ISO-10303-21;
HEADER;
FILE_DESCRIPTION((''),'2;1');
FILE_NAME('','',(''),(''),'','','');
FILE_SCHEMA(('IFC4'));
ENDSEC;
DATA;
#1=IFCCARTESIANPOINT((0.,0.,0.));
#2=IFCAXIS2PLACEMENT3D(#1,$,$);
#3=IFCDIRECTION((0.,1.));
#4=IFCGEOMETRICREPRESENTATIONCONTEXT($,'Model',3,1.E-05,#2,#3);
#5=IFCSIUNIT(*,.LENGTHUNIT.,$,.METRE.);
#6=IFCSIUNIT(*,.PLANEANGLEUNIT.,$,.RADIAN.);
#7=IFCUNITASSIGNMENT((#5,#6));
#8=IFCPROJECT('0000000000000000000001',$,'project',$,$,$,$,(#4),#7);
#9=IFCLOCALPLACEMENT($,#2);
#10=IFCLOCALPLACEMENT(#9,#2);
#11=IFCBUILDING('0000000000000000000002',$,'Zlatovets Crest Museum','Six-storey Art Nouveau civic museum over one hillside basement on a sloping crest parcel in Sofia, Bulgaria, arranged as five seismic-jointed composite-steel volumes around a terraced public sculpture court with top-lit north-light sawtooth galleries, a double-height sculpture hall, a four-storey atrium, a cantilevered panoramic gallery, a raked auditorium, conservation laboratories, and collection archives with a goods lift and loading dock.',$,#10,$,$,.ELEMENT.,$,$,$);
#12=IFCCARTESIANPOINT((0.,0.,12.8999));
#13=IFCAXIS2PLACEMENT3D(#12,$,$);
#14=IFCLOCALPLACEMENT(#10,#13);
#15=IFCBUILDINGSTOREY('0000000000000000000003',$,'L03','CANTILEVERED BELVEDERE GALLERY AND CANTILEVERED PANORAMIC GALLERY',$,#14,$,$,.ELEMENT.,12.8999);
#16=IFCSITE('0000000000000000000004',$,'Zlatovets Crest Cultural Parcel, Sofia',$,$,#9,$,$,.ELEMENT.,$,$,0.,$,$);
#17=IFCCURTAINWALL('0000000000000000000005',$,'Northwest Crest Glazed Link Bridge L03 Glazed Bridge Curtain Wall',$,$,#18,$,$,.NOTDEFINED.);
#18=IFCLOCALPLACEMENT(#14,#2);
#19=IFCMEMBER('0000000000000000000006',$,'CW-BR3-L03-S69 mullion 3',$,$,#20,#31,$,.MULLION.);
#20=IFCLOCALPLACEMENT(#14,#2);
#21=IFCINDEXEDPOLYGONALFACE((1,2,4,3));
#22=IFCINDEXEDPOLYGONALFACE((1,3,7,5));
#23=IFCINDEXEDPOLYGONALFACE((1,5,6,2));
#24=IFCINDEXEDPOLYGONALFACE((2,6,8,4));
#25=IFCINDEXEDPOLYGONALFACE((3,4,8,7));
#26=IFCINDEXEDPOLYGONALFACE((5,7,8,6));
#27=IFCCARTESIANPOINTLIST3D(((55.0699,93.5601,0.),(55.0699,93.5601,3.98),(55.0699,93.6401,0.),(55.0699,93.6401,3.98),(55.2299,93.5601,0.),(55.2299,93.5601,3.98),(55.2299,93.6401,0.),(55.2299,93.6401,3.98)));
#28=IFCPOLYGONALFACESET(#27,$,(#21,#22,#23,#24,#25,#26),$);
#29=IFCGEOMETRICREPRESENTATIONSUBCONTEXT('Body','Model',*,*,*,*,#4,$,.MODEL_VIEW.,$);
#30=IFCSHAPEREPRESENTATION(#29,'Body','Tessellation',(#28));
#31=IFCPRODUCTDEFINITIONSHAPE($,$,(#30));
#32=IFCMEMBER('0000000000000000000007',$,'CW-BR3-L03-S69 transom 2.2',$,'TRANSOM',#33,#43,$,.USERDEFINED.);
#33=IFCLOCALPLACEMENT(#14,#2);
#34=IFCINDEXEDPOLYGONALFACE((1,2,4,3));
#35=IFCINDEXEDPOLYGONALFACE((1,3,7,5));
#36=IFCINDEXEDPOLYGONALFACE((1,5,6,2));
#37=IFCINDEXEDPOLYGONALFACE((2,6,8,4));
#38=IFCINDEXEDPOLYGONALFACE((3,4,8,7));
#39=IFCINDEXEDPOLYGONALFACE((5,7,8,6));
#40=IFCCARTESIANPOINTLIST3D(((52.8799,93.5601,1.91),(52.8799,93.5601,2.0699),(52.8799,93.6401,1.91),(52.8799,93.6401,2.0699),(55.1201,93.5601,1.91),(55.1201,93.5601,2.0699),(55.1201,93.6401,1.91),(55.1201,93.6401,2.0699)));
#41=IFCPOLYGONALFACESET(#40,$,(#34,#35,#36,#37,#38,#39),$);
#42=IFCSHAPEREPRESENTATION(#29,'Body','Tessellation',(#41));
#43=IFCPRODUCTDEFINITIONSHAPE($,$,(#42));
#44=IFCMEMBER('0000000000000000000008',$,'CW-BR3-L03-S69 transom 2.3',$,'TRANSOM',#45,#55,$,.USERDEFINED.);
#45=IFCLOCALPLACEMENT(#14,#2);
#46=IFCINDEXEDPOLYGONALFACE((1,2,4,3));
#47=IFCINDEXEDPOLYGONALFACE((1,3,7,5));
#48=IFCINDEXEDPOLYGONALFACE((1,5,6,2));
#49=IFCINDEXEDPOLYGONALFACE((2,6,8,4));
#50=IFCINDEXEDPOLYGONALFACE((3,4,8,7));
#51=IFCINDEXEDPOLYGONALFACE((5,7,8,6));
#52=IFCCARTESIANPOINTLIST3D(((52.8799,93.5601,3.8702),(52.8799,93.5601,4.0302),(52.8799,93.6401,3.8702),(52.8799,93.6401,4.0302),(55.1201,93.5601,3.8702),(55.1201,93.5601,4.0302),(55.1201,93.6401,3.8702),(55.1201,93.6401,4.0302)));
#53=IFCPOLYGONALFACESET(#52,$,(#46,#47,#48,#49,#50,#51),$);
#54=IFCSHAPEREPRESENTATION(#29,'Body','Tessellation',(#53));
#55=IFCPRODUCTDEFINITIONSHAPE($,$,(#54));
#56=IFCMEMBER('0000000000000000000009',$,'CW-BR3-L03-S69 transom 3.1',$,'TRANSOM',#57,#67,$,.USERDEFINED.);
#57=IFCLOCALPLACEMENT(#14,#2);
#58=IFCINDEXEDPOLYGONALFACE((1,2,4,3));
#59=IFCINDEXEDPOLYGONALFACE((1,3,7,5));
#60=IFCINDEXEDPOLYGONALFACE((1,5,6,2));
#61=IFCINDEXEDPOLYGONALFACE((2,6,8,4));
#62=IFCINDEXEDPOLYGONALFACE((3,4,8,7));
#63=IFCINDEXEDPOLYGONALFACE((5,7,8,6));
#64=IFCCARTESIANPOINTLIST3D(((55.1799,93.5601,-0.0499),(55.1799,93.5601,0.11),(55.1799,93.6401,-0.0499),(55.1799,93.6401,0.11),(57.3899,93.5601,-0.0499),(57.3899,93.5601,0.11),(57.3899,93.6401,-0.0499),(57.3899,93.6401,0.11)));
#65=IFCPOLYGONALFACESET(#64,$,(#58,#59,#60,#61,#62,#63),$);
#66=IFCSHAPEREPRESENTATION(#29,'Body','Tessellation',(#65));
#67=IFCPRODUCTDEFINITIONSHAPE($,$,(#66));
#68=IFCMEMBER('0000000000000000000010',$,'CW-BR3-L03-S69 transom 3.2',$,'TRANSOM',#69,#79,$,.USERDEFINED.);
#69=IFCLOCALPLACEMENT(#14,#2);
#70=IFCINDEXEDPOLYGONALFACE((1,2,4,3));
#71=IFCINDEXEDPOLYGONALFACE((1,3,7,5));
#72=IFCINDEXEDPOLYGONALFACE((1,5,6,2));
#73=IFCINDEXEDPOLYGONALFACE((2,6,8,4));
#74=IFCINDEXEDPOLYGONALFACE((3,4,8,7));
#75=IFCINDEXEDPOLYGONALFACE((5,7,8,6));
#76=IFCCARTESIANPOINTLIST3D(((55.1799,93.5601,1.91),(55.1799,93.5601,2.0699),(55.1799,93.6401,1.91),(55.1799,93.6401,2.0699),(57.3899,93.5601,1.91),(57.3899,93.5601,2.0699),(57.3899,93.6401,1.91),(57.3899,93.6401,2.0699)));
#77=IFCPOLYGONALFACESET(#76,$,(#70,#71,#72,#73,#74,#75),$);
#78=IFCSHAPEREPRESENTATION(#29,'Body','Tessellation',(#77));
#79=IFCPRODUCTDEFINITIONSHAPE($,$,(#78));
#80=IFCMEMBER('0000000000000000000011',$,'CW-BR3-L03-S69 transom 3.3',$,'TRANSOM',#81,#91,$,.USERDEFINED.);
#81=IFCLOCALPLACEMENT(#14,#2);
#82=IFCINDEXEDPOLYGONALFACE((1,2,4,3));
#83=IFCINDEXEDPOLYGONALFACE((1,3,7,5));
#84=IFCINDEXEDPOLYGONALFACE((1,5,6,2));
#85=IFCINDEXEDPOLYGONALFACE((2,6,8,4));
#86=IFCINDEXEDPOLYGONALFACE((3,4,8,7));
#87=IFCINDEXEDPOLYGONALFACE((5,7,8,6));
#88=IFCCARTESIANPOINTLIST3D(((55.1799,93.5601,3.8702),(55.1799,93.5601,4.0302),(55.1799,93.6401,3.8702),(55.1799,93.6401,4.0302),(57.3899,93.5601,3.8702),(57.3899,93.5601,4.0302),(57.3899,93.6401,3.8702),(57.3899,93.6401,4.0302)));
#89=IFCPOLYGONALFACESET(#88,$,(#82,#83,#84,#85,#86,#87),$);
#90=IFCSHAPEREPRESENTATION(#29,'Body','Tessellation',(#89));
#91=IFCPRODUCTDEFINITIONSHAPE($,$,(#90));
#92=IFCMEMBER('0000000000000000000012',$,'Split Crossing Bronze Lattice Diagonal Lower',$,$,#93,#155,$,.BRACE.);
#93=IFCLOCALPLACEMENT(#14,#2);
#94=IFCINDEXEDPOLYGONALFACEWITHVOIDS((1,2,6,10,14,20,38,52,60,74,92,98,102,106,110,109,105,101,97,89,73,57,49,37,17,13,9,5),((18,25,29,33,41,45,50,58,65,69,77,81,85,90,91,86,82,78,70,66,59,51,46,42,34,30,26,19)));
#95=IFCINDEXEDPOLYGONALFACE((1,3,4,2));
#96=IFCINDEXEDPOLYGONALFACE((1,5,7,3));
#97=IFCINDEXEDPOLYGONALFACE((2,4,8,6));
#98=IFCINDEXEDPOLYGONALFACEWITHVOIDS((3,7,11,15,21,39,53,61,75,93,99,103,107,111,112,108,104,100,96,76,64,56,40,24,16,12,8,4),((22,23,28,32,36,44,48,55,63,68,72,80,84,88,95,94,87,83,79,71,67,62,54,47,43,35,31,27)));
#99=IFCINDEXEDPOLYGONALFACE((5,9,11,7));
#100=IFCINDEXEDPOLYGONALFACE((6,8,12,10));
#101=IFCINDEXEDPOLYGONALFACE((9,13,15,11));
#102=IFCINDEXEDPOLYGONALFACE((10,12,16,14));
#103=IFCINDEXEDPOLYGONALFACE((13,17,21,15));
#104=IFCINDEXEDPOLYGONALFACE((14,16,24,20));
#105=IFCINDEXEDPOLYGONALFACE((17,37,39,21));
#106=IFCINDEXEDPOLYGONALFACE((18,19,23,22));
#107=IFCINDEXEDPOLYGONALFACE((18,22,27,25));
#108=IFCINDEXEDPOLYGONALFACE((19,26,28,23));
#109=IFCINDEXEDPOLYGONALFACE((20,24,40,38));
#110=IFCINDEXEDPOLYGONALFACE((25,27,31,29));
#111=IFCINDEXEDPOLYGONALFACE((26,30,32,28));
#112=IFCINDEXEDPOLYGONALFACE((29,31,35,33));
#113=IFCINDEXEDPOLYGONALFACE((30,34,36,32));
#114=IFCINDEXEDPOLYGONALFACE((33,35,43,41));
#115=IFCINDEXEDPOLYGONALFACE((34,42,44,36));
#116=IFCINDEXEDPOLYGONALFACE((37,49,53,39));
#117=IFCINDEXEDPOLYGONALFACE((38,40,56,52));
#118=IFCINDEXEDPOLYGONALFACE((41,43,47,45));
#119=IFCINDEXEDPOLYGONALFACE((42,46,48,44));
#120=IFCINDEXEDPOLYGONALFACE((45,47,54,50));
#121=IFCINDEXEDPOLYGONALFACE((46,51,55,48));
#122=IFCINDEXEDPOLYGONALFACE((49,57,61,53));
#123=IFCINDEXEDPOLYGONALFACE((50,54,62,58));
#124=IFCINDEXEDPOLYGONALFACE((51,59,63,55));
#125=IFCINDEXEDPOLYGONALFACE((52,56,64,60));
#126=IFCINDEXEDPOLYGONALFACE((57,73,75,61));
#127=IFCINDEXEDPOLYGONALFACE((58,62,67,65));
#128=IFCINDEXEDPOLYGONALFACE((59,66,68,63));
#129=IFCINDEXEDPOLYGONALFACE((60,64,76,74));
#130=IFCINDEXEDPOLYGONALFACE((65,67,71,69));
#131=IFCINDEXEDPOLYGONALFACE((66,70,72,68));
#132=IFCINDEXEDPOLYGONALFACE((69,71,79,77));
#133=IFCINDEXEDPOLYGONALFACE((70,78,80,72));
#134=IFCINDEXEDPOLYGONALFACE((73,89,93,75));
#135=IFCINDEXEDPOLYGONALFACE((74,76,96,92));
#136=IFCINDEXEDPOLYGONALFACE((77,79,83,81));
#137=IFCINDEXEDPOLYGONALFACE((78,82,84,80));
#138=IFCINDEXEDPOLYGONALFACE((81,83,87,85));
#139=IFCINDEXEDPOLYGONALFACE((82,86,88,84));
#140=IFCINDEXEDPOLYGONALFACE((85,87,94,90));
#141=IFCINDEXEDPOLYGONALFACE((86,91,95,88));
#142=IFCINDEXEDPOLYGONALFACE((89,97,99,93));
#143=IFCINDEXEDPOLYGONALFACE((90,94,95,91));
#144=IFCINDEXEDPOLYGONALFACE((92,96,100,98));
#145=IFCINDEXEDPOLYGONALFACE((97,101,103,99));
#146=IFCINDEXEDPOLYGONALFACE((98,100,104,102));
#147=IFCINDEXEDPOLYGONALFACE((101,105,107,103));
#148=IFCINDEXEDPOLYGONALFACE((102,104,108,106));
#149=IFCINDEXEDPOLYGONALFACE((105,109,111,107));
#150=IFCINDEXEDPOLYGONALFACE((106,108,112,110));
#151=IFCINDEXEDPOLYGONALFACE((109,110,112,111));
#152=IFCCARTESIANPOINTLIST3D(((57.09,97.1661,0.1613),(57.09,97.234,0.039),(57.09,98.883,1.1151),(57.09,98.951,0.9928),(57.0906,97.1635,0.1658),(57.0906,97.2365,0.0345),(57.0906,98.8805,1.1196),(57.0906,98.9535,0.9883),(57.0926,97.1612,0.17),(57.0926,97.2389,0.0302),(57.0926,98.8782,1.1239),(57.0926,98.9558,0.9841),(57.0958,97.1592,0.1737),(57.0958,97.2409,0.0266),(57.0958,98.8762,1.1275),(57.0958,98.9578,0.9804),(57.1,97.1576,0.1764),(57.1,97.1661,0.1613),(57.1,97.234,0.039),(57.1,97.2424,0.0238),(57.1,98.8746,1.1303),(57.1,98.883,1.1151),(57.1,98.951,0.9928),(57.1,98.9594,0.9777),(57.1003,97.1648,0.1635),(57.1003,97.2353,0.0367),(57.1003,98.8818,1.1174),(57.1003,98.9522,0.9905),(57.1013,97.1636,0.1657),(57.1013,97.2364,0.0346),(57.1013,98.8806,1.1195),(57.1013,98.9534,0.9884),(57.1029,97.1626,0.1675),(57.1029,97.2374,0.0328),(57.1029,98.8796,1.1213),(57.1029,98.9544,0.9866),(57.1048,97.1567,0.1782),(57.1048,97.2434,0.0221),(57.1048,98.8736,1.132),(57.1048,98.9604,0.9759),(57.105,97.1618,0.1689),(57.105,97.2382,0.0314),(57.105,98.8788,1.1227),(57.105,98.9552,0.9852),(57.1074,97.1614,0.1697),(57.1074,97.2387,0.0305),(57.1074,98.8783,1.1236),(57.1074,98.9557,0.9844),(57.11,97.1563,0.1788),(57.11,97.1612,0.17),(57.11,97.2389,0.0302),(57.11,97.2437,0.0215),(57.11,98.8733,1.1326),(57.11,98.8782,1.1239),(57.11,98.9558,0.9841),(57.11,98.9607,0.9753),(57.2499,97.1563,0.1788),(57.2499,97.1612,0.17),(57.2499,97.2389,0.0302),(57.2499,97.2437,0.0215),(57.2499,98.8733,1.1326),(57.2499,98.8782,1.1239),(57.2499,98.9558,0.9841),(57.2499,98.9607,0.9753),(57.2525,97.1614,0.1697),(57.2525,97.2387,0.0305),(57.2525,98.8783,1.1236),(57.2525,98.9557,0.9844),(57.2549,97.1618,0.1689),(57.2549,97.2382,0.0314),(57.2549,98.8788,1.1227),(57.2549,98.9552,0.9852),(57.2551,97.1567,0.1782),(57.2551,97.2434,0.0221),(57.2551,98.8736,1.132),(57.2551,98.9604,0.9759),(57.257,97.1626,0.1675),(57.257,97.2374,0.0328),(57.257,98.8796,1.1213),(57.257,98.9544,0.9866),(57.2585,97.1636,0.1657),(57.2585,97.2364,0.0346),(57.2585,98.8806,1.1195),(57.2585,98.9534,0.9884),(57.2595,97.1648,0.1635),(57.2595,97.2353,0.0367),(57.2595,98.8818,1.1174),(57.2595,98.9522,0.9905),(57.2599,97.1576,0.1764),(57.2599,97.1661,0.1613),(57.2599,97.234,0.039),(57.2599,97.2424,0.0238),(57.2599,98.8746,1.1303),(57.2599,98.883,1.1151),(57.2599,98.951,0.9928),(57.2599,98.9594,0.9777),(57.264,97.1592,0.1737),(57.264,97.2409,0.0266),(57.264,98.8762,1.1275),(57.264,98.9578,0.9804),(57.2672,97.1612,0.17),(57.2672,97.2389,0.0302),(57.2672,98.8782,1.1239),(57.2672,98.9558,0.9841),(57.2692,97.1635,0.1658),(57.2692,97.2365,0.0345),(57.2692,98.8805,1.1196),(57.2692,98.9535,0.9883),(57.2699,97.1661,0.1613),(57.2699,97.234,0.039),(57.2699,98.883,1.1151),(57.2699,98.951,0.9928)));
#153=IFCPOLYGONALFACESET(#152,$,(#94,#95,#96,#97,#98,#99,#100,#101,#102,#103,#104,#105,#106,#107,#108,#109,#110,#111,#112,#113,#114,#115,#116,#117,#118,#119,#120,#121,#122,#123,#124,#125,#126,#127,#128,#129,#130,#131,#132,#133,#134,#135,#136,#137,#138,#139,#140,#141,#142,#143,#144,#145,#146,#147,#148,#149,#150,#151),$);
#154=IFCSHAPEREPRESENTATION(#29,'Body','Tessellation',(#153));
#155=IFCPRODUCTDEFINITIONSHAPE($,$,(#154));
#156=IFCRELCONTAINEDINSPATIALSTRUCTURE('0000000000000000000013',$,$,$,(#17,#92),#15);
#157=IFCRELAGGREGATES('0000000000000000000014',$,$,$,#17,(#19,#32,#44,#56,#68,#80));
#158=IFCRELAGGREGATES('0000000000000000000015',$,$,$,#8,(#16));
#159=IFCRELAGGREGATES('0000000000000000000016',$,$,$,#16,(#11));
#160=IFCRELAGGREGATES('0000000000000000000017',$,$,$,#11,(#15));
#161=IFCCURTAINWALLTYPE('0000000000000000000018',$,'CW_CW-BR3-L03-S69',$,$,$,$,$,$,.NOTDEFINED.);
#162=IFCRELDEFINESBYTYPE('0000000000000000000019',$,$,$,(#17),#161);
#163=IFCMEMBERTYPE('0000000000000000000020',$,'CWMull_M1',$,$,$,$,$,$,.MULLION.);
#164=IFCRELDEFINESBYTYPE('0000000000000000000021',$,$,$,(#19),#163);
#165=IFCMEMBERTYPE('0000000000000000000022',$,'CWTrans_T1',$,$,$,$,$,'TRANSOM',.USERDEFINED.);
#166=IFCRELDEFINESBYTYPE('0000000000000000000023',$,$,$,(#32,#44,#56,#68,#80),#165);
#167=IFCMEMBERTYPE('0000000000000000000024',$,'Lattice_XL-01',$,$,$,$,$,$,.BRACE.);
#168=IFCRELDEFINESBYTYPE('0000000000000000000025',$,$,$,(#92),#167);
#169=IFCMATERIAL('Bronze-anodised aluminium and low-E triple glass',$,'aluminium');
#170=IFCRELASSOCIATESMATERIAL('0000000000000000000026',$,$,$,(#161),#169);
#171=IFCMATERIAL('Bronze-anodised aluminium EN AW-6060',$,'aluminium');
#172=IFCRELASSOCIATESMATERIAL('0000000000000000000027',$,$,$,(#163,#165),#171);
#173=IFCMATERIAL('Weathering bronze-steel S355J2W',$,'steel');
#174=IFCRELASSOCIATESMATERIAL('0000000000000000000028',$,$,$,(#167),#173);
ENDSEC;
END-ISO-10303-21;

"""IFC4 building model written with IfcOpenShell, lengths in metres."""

from ifc_helpers import new_model, si_unit, direction, frame, origin, origin_2d, place, context, subcontext, project, spatial, rectangle, hollow_rectangle, extrude, material, material_profile, profile_set, type_object, element, aggregate, save


model = new_model("IFC4")

# Units and contexts
model_context = context("Model", 3, precision=1e-05, world=origin(), true_north=direction((0.0, 1.0)))
body_context = subcontext(model_context, "Body", "Model", "MODEL_VIEW")
ifc_project = project(units=[si_unit("LENGTHUNIT", "METRE"), si_unit("PLANEANGLEUNIT", "RADIAN")], contexts=[model_context])

# Site, building, storey
site_placement = place(None, origin())
site = spatial("IfcSite", under=ifc_project, at=site_placement, Name="Zlatovets Crest Cultural Parcel, Sofia", CompositionType="ELEMENT", RefElevation=0.0)
building_placement = place(site_placement, origin())
building = spatial("IfcBuilding", under=site, at=building_placement, Name="Zlatovets Crest Museum", Description="Six-storey Art Nouveau civic museum over one hillside basement on a sloping crest parcel in Sofia, Bulgaria, arranged as five seismic-jointed composite-steel volumes around a terraced public sculpture court with top-lit north-light sawtooth galleries, a double-height sculpture hall, a four-storey atrium, a cantilevered panoramic gallery, a raked auditorium, conservation laboratories, and collection archives with a goods lift and loading dock.", CompositionType="ELEMENT")
storey_placement = place(building_placement, frame((0.0, 0.0, 12.8999)))
storey = spatial("IfcBuildingStorey", under=building, at=storey_placement, Name="L03", Description="CANTILEVERED BELVEDERE GALLERY AND CANTILEVERED PANORAMIC GALLERY", CompositionType="ELEMENT", Elevation=12.8999)

# Curtain wall, members
ifc_material_1 = material(Name="Bronze-anodised aluminium and low-E triple glass", Category="aluminium")
curtain_wall_type = type_object("IfcCurtainWallType", Name="CW_CW-BR3-L03-S69", PredefinedType="NOTDEFINED", material=ifc_material_1)
curtain_wall_placement = place(storey_placement, origin())
curtain_wall = element("IfcCurtainWall", 1, at=curtain_wall_placement, inside=storey, type_object=curtain_wall_type, Name="Northwest Crest Glazed Link Bridge L03 Glazed Bridge Curtain Wall", PredefinedType="NOTDEFINED")
ifc_material_2 = material(Name="Bronze-anodised aluminium EN AW-6060", Category="aluminium")
ifc_material_profile_1 = material_profile(ifc_material_2, rectangle(XDim=0.0801, YDim=0.1599, at=origin_2d()), Name="ALU 80x160")
ifc_profile_set_1 = profile_set([ifc_material_profile_1], Name="Bronze-anodised aluminium EN AW-6060")
member_type_1 = type_object("IfcMemberType", Name="CWMull_M1", PredefinedType="MULLION", material=ifc_profile_set_1)
member_1_placement = place(storey_placement, frame((55.1499, 93.6001, 0.0), z_axis=(0.0, 0.0, 1.0), x_axis=(0.0, 1.0, 0.0)))
member_1 = element("IfcMember", 2, at=member_1_placement, type_object=member_type_1, Name="CW-BR3-L03-S69 mullion 3", PredefinedType="MULLION", context=body_context, shape_type="SweptSolid", body=[
    extrude(rectangle(XDim=0.0801, YDim=0.1599, at=origin_2d()), origin(), (0.0, 0.0, 1.0), 3.98),
])
ifc_material_profile_2 = material_profile(ifc_material_2, rectangle(XDim=0.0801, YDim=0.1599, at=origin_2d()), Name="ALU 80x160")
ifc_profile_set_2 = profile_set([ifc_material_profile_2], Name="Bronze-anodised aluminium EN AW-6060")
member_type_2 = type_object("IfcMemberType", Name="CWTrans_T1", ElementType="TRANSOM", PredefinedType="USERDEFINED", material=ifc_profile_set_2)
member_2_placement = place(storey_placement, frame((52.8799, 93.6001, 1.99), z_axis=(1.0, 0.0, 0.0), x_axis=(0.0, 1.0, 0.0)))
member_2 = element("IfcMember", 3, at=member_2_placement, type_object=member_type_2, Name="CW-BR3-L03-S69 transom 2.2", ObjectType="TRANSOM", PredefinedType="USERDEFINED", context=body_context, shape_type="SweptSolid", body=[
    extrude(rectangle(XDim=0.0801, YDim=0.1599, at=origin_2d()), origin(), (0.0, 0.0, 1.0), 2.2402),
])
member_3_placement = place(storey_placement, frame((52.8799, 93.6001, 3.9502), z_axis=(1.0, 0.0, 0.0), x_axis=(0.0, 1.0, 0.0)))
member_3 = element("IfcMember", 4, at=member_3_placement, type_object=member_type_2, Name="CW-BR3-L03-S69 transom 2.3", ObjectType="TRANSOM", PredefinedType="USERDEFINED", context=body_context, shape_type="SweptSolid", body=[
    extrude(rectangle(XDim=0.0801, YDim=0.1599, at=origin_2d()), origin(), (0.0, 0.0, 1.0), 2.2402),
])
member_4_placement = place(storey_placement, frame((55.1799, 93.6001, 0.03), z_axis=(1.0, 0.0, 0.0), x_axis=(0.0, 1.0, 0.0)))
member_4 = element("IfcMember", 5, at=member_4_placement, type_object=member_type_2, Name="CW-BR3-L03-S69 transom 3.1", ObjectType="TRANSOM", PredefinedType="USERDEFINED", context=body_context, shape_type="SweptSolid", body=[
    extrude(rectangle(XDim=0.0801, YDim=0.1599, at=origin_2d()), origin(), (0.0, 0.0, 1.0), 2.21),
])
member_5_placement = place(storey_placement, frame((55.1799, 93.6001, 1.99), z_axis=(1.0, 0.0, 0.0), x_axis=(0.0, 1.0, 0.0)))
member_5 = element("IfcMember", 6, at=member_5_placement, type_object=member_type_2, Name="CW-BR3-L03-S69 transom 3.2", ObjectType="TRANSOM", PredefinedType="USERDEFINED", context=body_context, shape_type="SweptSolid", body=[
    extrude(rectangle(XDim=0.0801, YDim=0.1599, at=origin_2d()), origin(), (0.0, 0.0, 1.0), 2.21),
])
member_6_placement = place(storey_placement, frame((55.1799, 93.6001, 3.9502), z_axis=(1.0, 0.0, 0.0), x_axis=(0.0, 1.0, 0.0)))
member_6 = element("IfcMember", 7, at=member_6_placement, type_object=member_type_2, Name="CW-BR3-L03-S69 transom 3.3", ObjectType="TRANSOM", PredefinedType="USERDEFINED", context=body_context, shape_type="SweptSolid", body=[
    extrude(rectangle(XDim=0.0801, YDim=0.1599, at=origin_2d()), origin(), (0.0, 0.0, 1.0), 2.21),
])

# Member
ifc_material_3 = material(Name="Weathering bronze-steel S355J2W", Category="steel")
ifc_material_profile_3 = material_profile(ifc_material_3, hollow_rectangle(XDim=0.1799, YDim=0.1799, WallThickness=0.01, InnerFilletRadius=0.01, OuterFilletRadius=0.02, at=origin_2d()), Name="SHS 180x180x10.0")
ifc_profile_set_3 = profile_set([ifc_material_profile_3], Name="Weathering bronze-steel S355J2W")
member_type_3 = type_object("IfcMemberType", Name="Lattice_XL-01", PredefinedType="BRACE", material=ifc_profile_set_3)
member_7_placement = place(storey_placement, frame((57.1799, 98.917, 1.054), z_axis=(0.0, -0.874169, -0.485622), x_axis=(1.0, 0.0, 0.0)))
element("IfcMember", 8, at=member_7_placement, inside=storey, type_object=member_type_3, Name="Split Crossing Bronze Lattice Diagonal Lower", PredefinedType="BRACE", context=body_context, shape_type="SweptSolid", body=[
    extrude(hollow_rectangle(XDim=0.1799, YDim=0.1799, WallThickness=0.01, InnerFilletRadius=0.01, OuterFilletRadius=0.02, at=origin_2d()), origin(), (0.0, 0.0, 1.0), 1.9641),
])

aggregate(curtain_wall, [member_1, member_2, member_3, member_4, member_5, member_6])

save(model, "model.ifc")
